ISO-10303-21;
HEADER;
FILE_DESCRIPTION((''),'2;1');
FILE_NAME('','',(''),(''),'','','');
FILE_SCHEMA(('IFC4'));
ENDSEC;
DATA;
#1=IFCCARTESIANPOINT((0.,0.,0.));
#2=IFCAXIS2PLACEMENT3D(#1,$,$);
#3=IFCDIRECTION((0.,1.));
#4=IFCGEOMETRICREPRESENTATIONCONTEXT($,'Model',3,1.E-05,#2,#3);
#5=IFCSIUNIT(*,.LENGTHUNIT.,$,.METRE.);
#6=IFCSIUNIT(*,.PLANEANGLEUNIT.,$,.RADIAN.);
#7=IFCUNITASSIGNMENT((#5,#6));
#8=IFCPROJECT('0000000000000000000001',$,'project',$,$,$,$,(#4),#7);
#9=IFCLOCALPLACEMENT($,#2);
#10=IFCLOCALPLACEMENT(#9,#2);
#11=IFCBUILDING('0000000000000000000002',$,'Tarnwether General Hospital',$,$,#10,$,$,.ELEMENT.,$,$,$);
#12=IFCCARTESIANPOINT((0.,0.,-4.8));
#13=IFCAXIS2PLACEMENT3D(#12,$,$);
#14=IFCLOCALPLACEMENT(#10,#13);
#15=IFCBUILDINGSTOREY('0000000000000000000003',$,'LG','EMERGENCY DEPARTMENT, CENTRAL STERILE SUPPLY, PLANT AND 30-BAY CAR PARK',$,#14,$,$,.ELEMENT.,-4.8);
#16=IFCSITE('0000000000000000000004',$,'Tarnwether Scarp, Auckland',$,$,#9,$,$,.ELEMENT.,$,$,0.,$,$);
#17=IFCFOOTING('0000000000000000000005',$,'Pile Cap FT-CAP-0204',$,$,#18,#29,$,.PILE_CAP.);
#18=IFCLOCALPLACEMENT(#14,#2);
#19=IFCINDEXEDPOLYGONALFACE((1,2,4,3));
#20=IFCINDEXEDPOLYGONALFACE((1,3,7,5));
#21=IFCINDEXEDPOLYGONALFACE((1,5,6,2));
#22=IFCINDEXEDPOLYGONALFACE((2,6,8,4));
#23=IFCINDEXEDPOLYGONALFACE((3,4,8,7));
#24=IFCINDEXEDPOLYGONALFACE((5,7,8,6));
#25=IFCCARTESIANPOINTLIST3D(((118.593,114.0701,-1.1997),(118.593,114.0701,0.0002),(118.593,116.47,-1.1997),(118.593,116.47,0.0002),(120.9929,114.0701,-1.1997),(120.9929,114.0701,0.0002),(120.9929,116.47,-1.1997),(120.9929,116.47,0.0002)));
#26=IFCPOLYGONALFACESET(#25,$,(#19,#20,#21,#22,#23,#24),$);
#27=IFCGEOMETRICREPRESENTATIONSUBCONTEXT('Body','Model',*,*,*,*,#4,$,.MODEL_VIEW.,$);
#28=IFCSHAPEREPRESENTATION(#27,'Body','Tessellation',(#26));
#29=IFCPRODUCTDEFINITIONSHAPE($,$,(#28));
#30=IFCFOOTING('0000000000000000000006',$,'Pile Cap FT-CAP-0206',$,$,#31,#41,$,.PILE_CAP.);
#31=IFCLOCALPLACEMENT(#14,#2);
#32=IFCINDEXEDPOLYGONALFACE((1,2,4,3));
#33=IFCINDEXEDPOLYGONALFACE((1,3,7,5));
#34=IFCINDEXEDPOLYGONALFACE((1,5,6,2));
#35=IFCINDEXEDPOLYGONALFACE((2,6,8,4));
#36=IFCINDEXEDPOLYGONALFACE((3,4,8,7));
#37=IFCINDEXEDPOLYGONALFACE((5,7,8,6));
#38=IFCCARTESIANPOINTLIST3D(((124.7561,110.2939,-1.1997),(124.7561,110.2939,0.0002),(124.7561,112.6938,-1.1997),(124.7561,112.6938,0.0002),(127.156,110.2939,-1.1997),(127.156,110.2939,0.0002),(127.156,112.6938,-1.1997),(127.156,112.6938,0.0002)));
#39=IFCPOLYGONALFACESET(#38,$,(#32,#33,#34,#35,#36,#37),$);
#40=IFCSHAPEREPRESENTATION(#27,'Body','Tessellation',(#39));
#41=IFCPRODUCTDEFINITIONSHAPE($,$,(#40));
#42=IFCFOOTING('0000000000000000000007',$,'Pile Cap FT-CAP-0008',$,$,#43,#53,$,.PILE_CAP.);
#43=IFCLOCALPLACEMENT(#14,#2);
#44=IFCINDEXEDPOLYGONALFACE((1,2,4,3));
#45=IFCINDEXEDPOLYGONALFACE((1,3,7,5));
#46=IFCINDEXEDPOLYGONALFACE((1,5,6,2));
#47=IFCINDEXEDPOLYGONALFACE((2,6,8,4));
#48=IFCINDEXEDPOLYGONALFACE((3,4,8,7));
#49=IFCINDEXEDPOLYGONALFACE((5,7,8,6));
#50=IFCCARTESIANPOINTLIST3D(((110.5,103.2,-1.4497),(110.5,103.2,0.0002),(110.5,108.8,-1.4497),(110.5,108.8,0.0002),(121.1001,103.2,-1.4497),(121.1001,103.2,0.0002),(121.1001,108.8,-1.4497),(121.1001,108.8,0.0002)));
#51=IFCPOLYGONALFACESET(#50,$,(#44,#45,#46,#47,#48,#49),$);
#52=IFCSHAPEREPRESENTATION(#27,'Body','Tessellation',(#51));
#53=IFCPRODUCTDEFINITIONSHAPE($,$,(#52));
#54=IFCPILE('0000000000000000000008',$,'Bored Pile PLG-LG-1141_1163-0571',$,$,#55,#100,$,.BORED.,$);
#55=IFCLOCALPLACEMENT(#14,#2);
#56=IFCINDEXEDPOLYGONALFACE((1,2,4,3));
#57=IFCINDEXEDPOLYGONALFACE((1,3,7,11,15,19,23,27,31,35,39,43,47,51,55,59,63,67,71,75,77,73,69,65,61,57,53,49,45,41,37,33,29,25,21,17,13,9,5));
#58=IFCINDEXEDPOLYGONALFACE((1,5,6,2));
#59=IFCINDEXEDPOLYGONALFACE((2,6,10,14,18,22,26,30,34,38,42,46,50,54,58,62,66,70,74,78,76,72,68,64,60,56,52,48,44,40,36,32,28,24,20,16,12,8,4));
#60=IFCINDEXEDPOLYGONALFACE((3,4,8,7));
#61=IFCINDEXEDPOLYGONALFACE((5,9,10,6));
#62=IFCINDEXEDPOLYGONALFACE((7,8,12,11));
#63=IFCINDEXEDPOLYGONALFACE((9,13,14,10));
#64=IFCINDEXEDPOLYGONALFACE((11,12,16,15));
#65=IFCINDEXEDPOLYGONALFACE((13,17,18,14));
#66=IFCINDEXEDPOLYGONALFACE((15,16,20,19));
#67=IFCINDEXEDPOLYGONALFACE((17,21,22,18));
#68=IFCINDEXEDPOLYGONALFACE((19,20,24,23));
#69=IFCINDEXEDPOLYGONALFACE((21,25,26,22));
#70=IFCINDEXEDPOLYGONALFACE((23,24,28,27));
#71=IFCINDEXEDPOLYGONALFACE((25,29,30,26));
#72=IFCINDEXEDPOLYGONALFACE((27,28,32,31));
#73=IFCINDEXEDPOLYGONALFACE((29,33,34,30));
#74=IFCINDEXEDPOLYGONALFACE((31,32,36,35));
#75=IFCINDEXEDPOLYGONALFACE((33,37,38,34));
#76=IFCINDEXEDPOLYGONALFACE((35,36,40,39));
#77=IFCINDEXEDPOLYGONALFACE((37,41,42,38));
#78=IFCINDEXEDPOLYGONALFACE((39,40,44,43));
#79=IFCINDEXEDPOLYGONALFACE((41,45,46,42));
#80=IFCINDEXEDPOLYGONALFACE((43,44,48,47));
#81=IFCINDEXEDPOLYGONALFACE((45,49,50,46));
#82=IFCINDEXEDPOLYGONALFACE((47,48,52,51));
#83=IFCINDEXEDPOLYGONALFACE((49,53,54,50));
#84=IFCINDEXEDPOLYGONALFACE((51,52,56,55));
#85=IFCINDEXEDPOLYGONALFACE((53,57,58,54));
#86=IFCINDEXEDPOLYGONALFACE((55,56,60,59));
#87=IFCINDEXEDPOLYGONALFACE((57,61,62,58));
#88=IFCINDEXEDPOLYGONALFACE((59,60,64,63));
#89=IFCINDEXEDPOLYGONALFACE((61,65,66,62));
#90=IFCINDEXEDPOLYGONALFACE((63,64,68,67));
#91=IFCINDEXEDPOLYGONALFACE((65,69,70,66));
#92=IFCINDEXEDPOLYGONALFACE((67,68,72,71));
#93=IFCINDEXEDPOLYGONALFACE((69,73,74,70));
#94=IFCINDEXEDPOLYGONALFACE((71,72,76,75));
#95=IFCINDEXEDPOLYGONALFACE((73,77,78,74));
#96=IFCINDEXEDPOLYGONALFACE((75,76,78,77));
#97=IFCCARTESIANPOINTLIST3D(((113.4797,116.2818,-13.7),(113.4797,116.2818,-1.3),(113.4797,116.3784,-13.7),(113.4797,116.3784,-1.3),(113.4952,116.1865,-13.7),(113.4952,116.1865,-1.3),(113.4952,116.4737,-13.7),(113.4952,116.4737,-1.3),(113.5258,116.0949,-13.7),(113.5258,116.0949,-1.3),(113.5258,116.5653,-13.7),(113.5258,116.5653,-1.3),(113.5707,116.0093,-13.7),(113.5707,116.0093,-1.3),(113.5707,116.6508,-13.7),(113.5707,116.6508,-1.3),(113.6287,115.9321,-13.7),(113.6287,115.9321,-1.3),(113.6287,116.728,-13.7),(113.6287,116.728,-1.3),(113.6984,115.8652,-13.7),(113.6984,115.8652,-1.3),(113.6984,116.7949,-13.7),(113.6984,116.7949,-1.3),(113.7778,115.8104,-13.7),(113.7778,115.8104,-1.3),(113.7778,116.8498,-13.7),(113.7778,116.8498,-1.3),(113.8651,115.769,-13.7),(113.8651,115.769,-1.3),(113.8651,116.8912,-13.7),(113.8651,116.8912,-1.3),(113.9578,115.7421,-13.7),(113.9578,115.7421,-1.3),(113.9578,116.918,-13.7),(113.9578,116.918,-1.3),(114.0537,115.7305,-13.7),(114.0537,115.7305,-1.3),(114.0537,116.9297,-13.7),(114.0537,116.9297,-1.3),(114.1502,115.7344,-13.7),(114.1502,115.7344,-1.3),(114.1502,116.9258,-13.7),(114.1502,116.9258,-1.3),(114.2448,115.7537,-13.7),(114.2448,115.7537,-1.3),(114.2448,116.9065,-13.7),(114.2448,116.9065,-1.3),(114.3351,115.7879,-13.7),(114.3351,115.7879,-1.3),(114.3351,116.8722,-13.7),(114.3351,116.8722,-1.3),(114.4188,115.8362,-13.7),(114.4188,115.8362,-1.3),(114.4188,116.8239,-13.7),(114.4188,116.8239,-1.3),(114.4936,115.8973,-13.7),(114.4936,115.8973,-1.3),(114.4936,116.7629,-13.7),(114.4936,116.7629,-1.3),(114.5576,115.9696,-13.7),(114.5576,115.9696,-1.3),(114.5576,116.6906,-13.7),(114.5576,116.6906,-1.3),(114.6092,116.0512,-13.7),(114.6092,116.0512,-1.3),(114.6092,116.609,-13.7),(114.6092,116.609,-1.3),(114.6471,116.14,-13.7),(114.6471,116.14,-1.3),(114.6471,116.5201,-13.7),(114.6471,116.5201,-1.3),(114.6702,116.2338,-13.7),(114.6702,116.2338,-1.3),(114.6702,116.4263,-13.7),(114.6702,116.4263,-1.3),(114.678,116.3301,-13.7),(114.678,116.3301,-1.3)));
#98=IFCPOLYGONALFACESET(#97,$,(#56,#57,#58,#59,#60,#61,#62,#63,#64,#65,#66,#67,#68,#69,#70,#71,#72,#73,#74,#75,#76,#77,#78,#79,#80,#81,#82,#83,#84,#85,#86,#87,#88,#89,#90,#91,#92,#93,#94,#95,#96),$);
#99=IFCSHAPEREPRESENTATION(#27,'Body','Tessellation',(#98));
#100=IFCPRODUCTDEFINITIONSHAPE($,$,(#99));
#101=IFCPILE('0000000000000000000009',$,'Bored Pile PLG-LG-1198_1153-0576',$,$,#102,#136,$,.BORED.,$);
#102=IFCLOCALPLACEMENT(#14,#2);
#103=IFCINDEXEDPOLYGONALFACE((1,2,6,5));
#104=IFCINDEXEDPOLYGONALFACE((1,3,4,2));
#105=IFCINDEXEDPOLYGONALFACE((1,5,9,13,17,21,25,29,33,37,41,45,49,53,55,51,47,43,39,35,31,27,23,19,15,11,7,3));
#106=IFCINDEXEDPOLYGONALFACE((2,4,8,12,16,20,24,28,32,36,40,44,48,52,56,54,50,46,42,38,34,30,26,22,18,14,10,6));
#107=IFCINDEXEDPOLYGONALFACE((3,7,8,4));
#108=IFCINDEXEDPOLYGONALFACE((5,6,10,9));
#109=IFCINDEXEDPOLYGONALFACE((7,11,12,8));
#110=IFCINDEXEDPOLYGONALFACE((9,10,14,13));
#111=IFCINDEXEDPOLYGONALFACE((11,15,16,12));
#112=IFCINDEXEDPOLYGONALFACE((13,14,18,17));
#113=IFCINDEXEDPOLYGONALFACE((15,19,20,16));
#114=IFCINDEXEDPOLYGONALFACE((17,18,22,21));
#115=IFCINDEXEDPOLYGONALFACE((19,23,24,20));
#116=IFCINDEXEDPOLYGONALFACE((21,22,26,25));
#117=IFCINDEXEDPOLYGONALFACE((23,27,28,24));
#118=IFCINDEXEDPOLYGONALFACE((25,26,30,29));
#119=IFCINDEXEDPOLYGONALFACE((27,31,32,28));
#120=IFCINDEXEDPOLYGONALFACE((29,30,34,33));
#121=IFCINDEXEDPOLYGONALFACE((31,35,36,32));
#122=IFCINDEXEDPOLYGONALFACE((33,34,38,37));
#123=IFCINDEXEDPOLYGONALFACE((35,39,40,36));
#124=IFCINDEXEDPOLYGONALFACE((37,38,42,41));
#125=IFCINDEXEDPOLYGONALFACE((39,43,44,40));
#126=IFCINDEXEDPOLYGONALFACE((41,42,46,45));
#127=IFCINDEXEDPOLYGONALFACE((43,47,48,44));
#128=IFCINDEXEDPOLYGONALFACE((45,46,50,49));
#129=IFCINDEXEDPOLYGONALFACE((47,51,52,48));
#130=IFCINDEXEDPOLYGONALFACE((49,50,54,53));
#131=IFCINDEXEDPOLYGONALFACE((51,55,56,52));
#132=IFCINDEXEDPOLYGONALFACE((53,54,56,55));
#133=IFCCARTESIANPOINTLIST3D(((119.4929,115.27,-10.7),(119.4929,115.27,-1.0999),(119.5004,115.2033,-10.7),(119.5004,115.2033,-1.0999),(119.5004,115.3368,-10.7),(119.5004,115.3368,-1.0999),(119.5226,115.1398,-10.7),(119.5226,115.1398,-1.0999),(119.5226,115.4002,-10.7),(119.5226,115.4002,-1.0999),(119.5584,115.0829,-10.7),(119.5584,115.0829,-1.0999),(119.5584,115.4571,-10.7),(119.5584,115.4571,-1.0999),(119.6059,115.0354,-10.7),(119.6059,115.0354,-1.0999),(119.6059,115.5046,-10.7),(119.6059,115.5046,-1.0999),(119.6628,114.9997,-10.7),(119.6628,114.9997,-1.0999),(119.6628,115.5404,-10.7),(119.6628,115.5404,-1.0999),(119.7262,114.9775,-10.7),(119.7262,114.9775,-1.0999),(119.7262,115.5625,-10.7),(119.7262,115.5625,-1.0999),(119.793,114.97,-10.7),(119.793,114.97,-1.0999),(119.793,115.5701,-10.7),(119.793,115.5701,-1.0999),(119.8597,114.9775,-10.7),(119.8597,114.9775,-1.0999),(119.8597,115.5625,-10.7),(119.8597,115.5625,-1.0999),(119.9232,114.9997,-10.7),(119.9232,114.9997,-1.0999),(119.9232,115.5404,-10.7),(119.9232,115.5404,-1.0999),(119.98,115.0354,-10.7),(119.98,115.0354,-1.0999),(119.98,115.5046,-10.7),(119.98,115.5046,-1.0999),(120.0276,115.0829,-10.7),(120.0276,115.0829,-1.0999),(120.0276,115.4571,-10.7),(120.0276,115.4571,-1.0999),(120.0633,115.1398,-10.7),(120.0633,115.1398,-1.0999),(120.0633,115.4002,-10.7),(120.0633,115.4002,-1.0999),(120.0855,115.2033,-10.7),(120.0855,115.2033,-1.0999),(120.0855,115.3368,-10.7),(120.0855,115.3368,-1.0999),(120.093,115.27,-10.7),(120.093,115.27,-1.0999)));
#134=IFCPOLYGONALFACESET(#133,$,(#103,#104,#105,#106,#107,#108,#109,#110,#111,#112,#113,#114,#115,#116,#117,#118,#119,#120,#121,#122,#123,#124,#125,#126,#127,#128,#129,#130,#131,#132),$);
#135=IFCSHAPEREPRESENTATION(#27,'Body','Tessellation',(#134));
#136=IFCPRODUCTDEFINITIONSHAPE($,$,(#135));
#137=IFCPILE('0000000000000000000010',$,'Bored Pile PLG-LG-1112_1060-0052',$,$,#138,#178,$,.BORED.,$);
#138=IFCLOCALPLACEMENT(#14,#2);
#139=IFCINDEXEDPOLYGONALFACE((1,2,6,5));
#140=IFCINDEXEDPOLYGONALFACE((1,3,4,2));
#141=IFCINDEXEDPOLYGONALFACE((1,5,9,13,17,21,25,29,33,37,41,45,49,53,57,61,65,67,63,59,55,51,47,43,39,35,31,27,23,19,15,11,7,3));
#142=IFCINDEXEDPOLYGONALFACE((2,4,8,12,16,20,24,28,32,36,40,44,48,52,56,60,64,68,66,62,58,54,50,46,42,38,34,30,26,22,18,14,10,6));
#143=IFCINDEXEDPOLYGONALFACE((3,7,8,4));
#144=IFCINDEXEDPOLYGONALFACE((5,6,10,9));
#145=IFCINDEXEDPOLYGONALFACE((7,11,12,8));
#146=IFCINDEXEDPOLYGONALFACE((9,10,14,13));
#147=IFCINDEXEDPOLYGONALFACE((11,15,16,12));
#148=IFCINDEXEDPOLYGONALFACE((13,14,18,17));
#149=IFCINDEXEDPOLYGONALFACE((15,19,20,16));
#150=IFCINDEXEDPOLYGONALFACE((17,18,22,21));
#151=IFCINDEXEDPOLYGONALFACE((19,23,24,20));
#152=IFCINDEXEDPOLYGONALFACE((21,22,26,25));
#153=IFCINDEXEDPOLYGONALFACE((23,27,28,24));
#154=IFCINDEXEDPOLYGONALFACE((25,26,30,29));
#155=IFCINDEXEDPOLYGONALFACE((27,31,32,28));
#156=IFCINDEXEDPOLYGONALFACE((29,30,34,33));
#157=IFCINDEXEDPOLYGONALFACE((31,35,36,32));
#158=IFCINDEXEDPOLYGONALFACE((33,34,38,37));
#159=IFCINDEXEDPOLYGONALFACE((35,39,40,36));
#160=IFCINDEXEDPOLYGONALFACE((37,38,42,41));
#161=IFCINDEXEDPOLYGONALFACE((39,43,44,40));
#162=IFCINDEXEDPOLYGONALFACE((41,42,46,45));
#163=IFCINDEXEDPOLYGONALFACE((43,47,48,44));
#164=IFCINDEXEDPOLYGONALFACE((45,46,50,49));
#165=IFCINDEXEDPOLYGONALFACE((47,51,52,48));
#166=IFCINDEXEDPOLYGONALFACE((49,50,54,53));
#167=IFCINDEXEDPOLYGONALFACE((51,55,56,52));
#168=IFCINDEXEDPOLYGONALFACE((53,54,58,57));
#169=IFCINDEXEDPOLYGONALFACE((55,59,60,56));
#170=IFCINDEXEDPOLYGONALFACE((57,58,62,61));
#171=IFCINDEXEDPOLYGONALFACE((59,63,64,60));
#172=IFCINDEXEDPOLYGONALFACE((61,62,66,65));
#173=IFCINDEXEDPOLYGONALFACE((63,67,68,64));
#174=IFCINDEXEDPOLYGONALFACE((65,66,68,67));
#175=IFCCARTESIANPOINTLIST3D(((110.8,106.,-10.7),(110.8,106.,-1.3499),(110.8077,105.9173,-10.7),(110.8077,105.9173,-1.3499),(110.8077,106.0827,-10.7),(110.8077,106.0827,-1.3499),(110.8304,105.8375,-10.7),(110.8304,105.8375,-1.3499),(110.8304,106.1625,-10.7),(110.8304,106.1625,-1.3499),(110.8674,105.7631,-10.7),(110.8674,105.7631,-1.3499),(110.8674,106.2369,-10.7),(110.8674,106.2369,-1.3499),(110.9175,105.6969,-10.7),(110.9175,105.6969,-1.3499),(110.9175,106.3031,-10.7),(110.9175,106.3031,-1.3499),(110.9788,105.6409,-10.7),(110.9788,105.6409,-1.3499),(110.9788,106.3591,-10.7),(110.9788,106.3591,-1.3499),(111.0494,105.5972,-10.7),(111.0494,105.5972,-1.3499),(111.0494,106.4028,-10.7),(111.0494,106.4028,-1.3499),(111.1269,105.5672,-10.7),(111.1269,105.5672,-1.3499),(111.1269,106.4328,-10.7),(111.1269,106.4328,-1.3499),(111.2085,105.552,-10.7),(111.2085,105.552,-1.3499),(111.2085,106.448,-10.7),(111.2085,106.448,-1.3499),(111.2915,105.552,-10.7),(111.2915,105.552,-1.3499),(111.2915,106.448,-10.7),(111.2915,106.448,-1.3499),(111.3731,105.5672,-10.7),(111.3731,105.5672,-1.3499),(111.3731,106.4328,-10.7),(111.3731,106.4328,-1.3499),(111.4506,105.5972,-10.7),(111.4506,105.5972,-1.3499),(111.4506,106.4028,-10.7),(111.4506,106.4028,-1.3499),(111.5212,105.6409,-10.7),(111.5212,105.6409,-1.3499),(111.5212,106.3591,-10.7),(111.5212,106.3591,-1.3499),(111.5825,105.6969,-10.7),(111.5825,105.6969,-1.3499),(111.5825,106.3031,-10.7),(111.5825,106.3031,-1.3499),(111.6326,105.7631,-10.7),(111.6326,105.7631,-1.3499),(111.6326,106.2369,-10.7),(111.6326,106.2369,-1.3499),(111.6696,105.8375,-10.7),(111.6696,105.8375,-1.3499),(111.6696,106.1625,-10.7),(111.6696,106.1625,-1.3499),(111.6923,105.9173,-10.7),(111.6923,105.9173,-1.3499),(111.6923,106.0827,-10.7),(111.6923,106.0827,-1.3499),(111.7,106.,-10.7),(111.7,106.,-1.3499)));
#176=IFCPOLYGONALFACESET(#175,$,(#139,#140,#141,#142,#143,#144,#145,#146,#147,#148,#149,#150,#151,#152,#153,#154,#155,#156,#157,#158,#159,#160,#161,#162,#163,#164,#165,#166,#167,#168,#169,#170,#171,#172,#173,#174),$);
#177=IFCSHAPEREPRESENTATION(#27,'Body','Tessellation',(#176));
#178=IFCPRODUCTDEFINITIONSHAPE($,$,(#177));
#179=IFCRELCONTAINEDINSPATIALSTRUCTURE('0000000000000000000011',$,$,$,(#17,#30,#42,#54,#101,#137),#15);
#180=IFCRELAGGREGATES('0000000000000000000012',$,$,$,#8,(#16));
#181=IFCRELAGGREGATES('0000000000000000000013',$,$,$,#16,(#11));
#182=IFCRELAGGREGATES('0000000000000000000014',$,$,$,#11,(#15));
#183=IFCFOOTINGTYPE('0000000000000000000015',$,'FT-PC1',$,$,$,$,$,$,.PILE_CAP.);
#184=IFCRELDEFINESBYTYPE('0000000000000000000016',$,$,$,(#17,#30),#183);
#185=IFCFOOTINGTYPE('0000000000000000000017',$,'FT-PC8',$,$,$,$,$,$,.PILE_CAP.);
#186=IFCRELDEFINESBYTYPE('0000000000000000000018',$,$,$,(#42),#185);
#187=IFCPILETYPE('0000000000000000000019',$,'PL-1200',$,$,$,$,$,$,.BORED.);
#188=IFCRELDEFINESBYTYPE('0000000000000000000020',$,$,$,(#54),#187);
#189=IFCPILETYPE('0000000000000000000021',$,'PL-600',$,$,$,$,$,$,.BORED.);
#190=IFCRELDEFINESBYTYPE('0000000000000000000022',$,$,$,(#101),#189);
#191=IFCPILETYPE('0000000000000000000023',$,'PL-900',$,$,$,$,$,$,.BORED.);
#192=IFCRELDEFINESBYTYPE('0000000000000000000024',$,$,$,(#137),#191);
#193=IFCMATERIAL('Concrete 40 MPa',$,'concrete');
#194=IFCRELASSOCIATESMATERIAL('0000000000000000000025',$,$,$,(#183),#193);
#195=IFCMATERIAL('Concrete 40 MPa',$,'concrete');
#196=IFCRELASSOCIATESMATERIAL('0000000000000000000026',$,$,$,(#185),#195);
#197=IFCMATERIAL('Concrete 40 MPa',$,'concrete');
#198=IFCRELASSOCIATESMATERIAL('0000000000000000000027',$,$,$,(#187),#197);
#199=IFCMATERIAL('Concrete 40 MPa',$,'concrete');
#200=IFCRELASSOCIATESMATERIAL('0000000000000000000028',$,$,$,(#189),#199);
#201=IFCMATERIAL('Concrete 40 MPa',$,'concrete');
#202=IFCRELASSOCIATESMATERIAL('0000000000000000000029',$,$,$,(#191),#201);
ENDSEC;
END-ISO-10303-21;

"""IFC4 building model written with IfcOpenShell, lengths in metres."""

from ifc_helpers import new_model, si_unit, direction, frame, origin, origin_2d, place, context, subcontext, project, spatial, rectangle, circle, extrude, material, material_profile, profile_set, type_object, element, save


model = new_model("IFC4")

# Units and contexts
model_context = context("Model", 3, precision=1e-05, world=origin(), true_north=direction((0.0, 1.0)))
body_context = subcontext(model_context, "Body", "Model", "MODEL_VIEW")
ifc_project = project(units=[si_unit("LENGTHUNIT", "METRE"), si_unit("PLANEANGLEUNIT", "RADIAN")], contexts=[model_context])

# Site, building, storey
site_placement = place(None, origin())
site = spatial("IfcSite", under=ifc_project, at=site_placement, Name="Tarnwether Scarp, Auckland", CompositionType="ELEMENT", RefElevation=0.0)
building_placement = place(site_placement, origin())
building = spatial("IfcBuilding", under=site, at=building_placement, Name="Tarnwether General Hospital", CompositionType="ELEMENT")
storey_placement = place(building_placement, frame((0.0, 0.0, -4.8)))
storey = spatial("IfcBuildingStorey", under=building, at=storey_placement, Name="LG", Description="EMERGENCY DEPARTMENT, CENTRAL STERILE SUPPLY, PLANT AND 30-BAY CAR PARK", CompositionType="ELEMENT", Elevation=-4.8)

# Footings
ifc_material_1 = material(Name="Concrete 40 MPa", Category="concrete")
footing_type_1 = type_object("IfcFootingType", Name="FT-PC1", PredefinedType="PILE_CAP", material=ifc_material_1)
for number, where, z_axis, x_axis, name in (
    (1, (119.793, 115.27, -1.1997), (0.0, 0.0, 1.0), (1.0, 0.0, 0.0), "Pile Cap FT-CAP-0204"),
    (2, (125.9561, 111.4939, -1.1997), (0.0, 0.0, 1.0), (1.0, 0.0, 0.0), "Pile Cap FT-CAP-0206"),
):
    element("IfcFooting", number, at=place(storey_placement, frame(where, z_axis=z_axis, x_axis=x_axis)), inside=storey, type_object=footing_type_1, Name=name, PredefinedType="PILE_CAP", context=body_context, shape_type="SweptSolid", body=[
        extrude(rectangle(XDim=2.3999, YDim=2.3999, at=origin_2d()), origin(), (0.0, 0.0, 1.0), 1.2),
    ])
ifc_material_2 = material(Name="Concrete 40 MPa", Category="concrete")
footing_type_2 = type_object("IfcFootingType", Name="FT-PC8", PredefinedType="PILE_CAP", material=ifc_material_2)
footing_placement = place(storey_placement, frame((115.8, 106.0, -1.4497), z_axis=(0.0, 0.0, 1.0), x_axis=(1.0, 0.0, 0.0)))
element("IfcFooting", 3, at=footing_placement, inside=storey, type_object=footing_type_2, Name="Pile Cap FT-CAP-0008", PredefinedType="PILE_CAP", context=body_context, shape_type="SweptSolid", body=[
    extrude(rectangle(XDim=10.6001, YDim=5.6001, at=origin_2d()), origin(), (0.0, 0.0, 1.0), 1.45),
])

# Piles
ifc_material_3 = material(Name="Concrete 40 MPa", Category="concrete")
ifc_material_profile_1 = material_profile(ifc_material_3, circle(Radius=0.6001, at=origin_2d()), Name="PILE-D1200")
ifc_profile_set_1 = profile_set([ifc_material_profile_1], Name="Concrete 40 MPa")
pile_type_1 = type_object("IfcPileType", Name="PL-1200", PredefinedType="BORED", material=ifc_profile_set_1)
pile_1_placement = place(storey_placement, frame((114.0779, 116.3301, -1.3), z_axis=(0.0, 0.0, -1.0), x_axis=(1.0, 0.0, 0.0)))
element("IfcPile", 4, at=pile_1_placement, inside=storey, type_object=pile_type_1, Name="Bored Pile PLG-LG-1141_1163-0571", PredefinedType="BORED", context=body_context, shape_type="SweptSolid", body=[
    extrude(circle(Radius=0.6001, at=origin_2d()), origin(), (0.0, 0.0, 1.0), 12.3999),
])
ifc_material_4 = material(Name="Concrete 40 MPa", Category="concrete")
ifc_material_profile_2 = material_profile(ifc_material_4, circle(Radius=0.3, at=origin_2d()), Name="PILE-D600")
ifc_profile_set_2 = profile_set([ifc_material_profile_2], Name="Concrete 40 MPa")
pile_type_2 = type_object("IfcPileType", Name="PL-600", PredefinedType="BORED", material=ifc_profile_set_2)
pile_2_placement = place(storey_placement, frame((119.793, 115.27, -1.0999), z_axis=(0.0, 0.0, -1.0), x_axis=(1.0, 0.0, 0.0)))
element("IfcPile", 5, at=pile_2_placement, inside=storey, type_object=pile_type_2, Name="Bored Pile PLG-LG-1198_1153-0576", PredefinedType="BORED", context=body_context, shape_type="SweptSolid", body=[
    extrude(circle(Radius=0.3, at=origin_2d()), origin(), (0.0, 0.0, 1.0), 9.6001),
])
ifc_material_5 = material(Name="Concrete 40 MPa", Category="concrete")
ifc_material_profile_3 = material_profile(ifc_material_5, circle(Radius=0.45, at=origin_2d()), Name="PILE-D900")
ifc_profile_set_3 = profile_set([ifc_material_profile_3], Name="Concrete 40 MPa")
pile_type_3 = type_object("IfcPileType", Name="PL-900", PredefinedType="BORED", material=ifc_profile_set_3)
for number, where, z_axis, x_axis, name in (
    (6, (111.25, 106.0, -1.3499), (0.0, 0.0, -1.0), (1.0, 0.0, 0.0), "Bored Pile PLG-LG-1112_1060-0052"),
):
    element("IfcPile", number, at=place(storey_placement, frame(where, z_axis=z_axis, x_axis=x_axis)), inside=storey, type_object=pile_type_3, Name=name, PredefinedType="BORED", context=body_context, shape_type="SweptSolid", body=[
        extrude(circle(Radius=0.45, at=origin_2d()), origin(), (0.0, 0.0, 1.0), 9.3501),
    ])

save(model, "model.ifc")
